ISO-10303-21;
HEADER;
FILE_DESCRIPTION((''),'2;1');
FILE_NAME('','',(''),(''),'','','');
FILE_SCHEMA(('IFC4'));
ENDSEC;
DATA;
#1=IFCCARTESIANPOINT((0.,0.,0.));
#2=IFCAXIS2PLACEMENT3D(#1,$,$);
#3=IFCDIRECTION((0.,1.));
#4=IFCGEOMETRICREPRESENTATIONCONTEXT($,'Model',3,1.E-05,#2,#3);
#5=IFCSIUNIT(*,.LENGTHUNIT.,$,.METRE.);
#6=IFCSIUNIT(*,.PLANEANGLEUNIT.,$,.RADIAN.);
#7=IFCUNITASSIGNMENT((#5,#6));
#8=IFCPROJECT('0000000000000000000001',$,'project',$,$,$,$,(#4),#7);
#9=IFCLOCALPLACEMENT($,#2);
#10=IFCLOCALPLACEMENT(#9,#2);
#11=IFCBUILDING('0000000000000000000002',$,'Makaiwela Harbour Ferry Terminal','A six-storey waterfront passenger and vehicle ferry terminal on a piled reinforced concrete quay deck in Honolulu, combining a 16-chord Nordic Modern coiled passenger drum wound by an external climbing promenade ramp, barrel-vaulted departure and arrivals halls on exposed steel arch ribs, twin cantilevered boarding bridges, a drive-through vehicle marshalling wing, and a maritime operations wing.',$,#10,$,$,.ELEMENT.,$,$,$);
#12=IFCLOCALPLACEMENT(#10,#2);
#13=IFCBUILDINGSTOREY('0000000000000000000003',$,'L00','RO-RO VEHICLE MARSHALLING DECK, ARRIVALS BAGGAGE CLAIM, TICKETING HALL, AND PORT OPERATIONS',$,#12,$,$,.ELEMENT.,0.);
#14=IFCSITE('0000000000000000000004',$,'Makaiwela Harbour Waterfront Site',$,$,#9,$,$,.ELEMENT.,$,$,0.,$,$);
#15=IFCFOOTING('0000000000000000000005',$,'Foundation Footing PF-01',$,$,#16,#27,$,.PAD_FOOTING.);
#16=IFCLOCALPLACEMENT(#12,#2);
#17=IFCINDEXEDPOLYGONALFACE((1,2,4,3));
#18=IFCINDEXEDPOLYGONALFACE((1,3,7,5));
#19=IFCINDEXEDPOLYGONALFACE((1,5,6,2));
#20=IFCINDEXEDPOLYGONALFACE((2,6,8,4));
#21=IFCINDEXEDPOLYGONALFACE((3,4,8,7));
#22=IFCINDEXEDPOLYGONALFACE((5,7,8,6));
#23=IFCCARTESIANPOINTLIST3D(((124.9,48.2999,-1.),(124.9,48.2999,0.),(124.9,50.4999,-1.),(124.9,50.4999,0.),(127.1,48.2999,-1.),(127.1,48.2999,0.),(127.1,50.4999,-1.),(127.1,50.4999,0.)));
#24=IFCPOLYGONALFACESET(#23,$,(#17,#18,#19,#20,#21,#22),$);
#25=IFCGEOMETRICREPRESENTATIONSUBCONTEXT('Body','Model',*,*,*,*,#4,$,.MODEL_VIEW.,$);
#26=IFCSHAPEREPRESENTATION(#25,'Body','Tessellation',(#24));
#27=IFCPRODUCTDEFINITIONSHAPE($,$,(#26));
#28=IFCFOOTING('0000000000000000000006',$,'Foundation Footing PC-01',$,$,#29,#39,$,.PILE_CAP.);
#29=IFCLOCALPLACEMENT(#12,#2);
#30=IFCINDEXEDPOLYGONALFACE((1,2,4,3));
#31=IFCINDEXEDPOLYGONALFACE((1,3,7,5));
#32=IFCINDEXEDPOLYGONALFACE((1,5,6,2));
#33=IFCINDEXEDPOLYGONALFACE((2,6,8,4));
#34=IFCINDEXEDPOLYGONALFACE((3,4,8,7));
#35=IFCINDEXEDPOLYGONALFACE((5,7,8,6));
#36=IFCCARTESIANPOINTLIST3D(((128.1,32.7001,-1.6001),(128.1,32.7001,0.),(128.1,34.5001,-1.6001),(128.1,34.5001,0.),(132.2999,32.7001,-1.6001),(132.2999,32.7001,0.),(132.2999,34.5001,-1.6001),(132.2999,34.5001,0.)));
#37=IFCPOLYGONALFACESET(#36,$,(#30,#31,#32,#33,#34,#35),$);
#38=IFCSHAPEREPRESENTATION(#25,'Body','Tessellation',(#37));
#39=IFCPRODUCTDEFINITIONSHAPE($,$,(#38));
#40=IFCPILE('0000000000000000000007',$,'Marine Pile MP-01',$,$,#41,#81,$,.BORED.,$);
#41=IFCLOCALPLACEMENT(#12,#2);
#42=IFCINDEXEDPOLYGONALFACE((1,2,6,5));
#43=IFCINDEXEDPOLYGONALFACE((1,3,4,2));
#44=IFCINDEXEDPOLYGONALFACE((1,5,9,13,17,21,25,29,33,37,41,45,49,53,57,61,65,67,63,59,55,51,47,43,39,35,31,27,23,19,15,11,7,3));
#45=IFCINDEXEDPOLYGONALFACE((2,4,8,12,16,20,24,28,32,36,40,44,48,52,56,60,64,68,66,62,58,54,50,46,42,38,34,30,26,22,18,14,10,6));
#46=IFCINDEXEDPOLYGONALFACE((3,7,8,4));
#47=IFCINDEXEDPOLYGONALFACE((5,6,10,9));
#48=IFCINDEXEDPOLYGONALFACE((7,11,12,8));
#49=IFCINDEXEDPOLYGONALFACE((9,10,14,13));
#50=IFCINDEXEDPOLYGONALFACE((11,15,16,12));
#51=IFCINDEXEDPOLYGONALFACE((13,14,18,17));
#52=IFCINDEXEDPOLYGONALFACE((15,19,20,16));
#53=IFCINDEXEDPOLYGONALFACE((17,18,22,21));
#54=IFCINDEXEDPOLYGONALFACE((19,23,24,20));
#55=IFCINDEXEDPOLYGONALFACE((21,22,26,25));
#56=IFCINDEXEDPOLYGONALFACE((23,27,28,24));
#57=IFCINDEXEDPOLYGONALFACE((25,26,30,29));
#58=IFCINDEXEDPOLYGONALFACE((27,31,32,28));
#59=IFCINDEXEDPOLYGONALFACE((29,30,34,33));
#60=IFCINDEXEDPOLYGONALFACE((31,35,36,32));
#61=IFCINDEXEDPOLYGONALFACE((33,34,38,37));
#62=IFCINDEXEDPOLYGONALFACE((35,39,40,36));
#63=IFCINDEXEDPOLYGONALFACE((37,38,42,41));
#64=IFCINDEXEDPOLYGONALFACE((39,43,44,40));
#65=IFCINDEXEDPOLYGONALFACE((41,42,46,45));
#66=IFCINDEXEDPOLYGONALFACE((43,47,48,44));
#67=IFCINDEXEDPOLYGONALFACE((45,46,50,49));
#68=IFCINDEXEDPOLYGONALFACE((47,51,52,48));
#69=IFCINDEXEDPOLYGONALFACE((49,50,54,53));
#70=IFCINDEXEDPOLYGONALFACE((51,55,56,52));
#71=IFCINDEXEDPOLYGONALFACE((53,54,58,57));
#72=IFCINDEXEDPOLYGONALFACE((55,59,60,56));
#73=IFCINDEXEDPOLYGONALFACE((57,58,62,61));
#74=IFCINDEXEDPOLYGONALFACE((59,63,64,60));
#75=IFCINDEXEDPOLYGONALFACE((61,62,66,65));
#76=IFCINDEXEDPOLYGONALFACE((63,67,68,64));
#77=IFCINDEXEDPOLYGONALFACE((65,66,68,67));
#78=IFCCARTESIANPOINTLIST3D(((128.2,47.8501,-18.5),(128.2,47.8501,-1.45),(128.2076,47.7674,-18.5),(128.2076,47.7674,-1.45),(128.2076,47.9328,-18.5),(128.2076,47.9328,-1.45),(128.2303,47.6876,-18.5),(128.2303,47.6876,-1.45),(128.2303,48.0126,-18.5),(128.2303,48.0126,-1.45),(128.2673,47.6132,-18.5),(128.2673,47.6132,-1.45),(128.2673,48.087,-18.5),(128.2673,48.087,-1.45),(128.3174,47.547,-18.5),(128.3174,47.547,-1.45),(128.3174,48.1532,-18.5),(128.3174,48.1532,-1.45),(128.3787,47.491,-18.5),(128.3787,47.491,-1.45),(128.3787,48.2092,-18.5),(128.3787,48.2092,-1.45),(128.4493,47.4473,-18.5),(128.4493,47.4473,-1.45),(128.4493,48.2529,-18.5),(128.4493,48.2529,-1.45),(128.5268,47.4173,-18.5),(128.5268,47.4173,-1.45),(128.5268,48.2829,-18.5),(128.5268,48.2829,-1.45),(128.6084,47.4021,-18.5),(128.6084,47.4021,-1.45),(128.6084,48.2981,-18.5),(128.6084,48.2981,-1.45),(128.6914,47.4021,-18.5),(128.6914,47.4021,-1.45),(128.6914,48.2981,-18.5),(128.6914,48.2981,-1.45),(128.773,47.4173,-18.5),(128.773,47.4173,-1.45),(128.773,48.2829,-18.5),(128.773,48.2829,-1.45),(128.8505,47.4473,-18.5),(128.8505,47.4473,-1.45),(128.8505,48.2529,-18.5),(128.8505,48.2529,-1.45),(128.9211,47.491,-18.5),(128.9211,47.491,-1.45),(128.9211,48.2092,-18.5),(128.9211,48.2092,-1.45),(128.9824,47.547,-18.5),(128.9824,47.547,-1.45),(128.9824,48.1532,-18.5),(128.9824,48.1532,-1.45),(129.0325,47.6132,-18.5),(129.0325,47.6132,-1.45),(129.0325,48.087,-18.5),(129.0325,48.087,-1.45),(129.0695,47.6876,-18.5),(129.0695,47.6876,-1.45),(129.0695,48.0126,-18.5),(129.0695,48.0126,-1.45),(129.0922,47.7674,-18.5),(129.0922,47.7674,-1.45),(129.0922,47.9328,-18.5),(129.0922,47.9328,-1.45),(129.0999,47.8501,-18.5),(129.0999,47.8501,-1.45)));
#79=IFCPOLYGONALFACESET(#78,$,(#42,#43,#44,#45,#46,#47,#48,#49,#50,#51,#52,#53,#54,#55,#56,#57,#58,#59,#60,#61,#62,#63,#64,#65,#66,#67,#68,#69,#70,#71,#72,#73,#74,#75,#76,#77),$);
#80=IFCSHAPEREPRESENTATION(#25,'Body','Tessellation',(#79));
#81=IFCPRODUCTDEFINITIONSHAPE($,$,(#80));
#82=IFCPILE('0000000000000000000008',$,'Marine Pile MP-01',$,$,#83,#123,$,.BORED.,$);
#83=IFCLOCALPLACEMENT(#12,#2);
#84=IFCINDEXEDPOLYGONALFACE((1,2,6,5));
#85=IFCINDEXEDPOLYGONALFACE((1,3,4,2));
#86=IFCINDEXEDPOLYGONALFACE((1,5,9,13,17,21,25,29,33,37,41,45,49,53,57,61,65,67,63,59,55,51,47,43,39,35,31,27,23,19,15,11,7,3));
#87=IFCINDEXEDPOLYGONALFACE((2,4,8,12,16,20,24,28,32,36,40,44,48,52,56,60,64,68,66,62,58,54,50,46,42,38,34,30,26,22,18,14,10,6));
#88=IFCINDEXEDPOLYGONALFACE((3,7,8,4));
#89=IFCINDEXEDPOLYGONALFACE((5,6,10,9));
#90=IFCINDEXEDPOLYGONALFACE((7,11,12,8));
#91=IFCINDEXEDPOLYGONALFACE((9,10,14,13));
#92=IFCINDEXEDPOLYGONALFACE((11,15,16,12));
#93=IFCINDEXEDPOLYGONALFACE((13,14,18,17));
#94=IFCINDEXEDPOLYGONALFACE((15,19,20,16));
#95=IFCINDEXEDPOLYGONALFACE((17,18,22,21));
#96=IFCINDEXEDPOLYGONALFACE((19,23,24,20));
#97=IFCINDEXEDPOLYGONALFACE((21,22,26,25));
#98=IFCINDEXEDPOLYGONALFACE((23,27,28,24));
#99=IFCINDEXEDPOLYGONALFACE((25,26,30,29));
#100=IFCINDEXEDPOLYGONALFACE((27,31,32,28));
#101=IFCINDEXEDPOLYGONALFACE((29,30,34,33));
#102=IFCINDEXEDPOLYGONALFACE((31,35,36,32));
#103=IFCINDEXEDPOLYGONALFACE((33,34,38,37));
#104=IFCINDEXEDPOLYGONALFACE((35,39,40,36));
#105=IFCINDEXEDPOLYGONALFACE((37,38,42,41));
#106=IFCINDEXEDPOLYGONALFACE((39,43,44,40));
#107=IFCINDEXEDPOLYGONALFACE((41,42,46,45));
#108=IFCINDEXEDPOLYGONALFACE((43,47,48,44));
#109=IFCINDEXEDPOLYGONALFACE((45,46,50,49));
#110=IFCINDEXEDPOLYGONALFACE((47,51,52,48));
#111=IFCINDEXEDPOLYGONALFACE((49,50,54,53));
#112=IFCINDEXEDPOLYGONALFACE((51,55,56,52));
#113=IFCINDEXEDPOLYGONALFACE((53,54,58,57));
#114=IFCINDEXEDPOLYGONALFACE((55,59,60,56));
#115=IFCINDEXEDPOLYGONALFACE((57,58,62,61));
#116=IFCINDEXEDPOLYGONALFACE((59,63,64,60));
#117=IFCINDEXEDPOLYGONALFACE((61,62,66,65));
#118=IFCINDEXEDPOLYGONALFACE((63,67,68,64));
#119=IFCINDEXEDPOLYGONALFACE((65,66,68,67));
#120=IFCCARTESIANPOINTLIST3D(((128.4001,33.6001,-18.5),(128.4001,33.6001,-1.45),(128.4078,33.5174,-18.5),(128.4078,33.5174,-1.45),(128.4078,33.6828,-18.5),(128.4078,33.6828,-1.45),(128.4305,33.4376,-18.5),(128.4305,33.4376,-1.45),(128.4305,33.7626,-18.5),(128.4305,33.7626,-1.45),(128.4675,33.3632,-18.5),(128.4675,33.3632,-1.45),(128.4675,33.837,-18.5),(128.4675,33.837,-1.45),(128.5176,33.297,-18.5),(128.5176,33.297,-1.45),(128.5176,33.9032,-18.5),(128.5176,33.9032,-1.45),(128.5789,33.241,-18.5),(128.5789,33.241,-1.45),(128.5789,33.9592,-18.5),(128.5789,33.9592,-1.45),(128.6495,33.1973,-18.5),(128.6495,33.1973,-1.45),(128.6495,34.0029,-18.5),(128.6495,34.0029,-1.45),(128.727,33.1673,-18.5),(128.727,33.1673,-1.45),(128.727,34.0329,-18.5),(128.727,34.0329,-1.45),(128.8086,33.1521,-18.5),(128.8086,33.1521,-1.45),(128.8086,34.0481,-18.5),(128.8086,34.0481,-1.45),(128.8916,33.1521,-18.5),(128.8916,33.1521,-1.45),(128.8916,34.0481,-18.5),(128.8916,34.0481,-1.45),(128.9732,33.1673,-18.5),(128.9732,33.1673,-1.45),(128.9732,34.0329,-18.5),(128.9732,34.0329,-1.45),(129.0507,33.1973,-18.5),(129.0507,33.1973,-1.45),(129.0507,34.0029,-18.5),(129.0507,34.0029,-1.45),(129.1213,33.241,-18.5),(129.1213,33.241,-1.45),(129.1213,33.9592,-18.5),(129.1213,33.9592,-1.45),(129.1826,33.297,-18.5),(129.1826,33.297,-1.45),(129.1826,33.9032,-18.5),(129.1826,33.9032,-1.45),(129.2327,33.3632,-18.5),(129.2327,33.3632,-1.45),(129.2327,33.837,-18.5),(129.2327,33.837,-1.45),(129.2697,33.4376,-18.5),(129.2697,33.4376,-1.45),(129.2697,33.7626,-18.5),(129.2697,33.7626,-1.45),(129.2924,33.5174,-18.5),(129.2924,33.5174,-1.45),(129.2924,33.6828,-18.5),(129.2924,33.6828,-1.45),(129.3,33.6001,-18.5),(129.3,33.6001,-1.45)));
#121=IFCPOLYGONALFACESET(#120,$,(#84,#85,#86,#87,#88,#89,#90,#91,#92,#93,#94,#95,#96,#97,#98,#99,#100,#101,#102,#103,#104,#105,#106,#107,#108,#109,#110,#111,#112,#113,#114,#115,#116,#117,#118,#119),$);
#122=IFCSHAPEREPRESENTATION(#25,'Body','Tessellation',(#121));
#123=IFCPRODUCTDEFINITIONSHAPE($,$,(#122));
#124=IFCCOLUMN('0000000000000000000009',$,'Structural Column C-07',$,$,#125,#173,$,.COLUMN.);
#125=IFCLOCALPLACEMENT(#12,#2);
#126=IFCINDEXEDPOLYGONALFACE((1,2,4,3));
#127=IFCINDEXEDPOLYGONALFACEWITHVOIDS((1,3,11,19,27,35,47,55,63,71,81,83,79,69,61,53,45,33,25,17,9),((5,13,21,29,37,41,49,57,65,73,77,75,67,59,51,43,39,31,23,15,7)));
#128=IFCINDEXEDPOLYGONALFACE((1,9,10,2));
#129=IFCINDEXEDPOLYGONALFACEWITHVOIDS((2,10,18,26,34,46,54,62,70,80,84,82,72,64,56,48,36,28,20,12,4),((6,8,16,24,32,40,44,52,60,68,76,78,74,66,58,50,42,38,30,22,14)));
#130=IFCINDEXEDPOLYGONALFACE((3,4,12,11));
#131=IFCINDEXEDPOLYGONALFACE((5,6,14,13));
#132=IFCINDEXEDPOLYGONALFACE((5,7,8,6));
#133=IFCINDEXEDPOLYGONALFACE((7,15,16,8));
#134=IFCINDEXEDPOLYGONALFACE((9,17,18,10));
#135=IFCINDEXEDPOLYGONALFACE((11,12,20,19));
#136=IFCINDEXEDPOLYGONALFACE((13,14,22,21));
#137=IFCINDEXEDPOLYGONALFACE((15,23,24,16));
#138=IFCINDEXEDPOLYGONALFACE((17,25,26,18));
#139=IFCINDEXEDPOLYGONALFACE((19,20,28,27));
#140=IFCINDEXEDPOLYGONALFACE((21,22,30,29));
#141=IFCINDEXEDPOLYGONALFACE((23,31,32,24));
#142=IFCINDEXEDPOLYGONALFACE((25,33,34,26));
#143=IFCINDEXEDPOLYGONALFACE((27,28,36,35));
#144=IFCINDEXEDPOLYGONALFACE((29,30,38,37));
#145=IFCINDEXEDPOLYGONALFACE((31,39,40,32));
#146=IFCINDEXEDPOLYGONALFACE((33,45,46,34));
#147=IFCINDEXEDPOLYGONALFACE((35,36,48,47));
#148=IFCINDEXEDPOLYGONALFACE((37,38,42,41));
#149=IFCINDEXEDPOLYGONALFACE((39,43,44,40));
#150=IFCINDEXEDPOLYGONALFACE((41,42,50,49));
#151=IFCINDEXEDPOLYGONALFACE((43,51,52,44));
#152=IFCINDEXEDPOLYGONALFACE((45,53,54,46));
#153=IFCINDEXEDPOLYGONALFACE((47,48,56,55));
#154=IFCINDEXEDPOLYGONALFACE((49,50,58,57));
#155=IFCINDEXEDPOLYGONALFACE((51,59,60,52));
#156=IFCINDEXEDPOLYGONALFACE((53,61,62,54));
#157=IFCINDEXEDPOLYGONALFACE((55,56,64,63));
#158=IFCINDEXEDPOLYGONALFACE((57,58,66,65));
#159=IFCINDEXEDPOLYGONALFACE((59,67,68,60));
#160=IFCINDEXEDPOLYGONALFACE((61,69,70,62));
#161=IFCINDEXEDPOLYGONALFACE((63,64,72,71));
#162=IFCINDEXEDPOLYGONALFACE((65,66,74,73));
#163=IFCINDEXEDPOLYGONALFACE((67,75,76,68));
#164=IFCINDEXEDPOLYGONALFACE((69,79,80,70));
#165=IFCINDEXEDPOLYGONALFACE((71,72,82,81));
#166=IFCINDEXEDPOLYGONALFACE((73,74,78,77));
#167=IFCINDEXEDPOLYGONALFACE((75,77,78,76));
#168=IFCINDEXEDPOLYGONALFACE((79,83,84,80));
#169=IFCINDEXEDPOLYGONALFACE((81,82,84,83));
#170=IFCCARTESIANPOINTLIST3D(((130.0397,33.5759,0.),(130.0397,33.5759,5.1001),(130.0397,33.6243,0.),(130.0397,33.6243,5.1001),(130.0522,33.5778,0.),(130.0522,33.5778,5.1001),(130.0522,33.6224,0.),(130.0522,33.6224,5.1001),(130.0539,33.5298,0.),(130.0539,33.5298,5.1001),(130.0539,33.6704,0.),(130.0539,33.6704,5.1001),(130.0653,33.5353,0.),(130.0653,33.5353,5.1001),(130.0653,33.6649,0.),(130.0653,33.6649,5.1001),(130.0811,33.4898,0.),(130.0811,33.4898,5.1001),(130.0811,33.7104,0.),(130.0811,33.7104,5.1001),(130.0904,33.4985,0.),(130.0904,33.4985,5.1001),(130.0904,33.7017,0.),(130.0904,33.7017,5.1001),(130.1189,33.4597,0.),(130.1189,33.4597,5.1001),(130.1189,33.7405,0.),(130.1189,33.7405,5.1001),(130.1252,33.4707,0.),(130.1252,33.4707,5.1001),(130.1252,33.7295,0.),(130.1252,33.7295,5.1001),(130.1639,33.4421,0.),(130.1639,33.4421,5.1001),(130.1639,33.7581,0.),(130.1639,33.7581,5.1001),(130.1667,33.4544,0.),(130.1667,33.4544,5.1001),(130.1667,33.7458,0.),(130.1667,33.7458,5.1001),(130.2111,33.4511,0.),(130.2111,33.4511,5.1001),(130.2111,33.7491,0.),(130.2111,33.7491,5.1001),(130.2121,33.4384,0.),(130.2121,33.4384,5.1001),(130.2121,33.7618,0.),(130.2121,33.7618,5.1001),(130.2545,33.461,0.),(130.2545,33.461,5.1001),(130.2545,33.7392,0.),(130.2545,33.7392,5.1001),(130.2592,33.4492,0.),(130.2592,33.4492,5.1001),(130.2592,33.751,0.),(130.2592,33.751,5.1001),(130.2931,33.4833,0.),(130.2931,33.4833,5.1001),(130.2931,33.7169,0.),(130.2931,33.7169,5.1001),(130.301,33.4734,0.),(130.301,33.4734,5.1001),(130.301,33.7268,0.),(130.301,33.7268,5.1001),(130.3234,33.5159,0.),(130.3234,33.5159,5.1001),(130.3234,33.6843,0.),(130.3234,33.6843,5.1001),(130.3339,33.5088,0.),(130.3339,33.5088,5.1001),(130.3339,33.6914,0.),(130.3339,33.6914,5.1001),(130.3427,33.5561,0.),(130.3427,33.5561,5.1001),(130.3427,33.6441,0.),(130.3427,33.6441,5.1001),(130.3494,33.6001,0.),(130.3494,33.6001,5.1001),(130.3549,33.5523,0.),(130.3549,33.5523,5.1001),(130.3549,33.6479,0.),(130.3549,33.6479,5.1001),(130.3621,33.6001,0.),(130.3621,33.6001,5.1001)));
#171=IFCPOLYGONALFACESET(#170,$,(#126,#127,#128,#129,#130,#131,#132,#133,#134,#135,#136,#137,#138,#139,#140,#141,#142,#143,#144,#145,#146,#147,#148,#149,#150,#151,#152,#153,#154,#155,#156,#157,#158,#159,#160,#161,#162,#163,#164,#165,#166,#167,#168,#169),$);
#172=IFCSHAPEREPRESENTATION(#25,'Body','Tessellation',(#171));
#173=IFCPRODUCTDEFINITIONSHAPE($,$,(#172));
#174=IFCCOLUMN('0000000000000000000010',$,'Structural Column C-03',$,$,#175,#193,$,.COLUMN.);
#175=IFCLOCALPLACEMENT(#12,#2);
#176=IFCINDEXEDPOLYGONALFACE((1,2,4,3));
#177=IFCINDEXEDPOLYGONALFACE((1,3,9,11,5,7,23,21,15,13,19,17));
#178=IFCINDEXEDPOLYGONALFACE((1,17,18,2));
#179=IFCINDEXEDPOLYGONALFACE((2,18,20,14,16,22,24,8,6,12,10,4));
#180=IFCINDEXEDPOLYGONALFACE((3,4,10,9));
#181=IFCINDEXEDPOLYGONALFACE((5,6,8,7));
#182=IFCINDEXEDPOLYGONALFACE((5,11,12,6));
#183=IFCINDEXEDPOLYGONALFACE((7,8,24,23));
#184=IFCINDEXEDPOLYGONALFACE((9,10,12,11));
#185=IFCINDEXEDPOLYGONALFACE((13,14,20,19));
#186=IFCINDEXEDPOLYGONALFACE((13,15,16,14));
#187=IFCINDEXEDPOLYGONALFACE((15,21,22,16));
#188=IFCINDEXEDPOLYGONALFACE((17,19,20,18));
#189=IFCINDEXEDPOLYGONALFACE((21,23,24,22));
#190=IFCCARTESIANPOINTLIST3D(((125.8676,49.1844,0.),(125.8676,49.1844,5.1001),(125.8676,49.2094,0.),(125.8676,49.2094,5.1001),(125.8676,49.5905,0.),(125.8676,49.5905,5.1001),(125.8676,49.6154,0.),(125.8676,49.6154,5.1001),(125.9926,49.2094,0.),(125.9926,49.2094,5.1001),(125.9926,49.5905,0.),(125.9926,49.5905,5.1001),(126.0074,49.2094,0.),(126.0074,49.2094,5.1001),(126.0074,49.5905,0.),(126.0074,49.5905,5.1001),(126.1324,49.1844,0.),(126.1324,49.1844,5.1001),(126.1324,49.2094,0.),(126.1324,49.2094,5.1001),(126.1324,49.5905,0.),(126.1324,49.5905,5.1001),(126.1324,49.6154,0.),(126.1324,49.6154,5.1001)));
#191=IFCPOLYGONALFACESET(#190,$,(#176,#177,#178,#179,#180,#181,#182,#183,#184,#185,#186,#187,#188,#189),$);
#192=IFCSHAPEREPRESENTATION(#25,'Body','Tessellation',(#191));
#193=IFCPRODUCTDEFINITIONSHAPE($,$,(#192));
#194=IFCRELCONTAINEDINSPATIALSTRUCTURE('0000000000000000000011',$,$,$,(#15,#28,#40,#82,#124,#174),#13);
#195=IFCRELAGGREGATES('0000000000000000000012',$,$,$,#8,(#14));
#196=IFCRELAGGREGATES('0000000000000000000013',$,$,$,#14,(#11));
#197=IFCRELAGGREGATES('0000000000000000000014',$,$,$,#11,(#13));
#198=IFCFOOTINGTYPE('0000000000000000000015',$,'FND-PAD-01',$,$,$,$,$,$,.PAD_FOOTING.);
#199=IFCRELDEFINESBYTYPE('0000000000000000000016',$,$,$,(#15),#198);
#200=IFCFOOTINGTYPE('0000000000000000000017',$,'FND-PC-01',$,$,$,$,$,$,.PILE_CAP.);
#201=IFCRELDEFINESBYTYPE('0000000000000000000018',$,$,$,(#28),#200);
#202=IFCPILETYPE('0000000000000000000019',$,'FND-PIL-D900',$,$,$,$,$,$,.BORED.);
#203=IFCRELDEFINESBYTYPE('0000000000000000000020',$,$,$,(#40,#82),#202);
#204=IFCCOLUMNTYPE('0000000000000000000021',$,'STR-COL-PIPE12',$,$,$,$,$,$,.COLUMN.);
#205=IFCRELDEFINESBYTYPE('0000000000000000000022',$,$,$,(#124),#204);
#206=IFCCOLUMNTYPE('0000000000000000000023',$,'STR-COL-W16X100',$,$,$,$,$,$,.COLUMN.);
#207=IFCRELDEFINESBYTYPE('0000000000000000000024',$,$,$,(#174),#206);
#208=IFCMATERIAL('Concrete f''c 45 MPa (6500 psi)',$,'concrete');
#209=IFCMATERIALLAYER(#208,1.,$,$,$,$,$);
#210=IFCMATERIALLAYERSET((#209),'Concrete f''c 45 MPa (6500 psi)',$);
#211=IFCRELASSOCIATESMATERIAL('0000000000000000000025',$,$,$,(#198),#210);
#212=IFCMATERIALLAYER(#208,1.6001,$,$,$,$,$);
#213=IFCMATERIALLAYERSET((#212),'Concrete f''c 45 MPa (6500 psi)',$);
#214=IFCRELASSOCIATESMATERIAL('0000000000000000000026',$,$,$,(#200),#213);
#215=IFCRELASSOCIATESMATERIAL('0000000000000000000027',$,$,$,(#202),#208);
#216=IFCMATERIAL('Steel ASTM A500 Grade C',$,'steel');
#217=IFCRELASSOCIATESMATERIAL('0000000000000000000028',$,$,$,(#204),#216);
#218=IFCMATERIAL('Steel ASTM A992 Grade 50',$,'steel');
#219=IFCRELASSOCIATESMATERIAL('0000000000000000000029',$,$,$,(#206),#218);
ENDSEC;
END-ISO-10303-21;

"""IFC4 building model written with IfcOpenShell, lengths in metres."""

from ifc_helpers import new_model, si_unit, direction, frame, origin, origin_2d, place, context, subcontext, project, spatial, rectangle, circle, hollow_circle, i_section, extrude, material, layer, layer_set, material_profile, profile_set, type_object, element, save


model = new_model("IFC4")

# Units and contexts
model_context = context("Model", 3, precision=1e-05, world=origin(), true_north=direction((0.0, 1.0)))
body_context = subcontext(model_context, "Body", "Model", "MODEL_VIEW")
ifc_project = project(units=[si_unit("LENGTHUNIT", "METRE"), si_unit("PLANEANGLEUNIT", "RADIAN")], contexts=[model_context])

# Site, building, storey
site_placement = place(None, origin())
site = spatial("IfcSite", under=ifc_project, at=site_placement, Name="Makaiwela Harbour Waterfront Site", CompositionType="ELEMENT", RefElevation=0.0)
building_placement = place(site_placement, origin())
building = spatial("IfcBuilding", under=site, at=building_placement, Name="Makaiwela Harbour Ferry Terminal", Description="A six-storey waterfront passenger and vehicle ferry terminal on a piled reinforced concrete quay deck in Honolulu, combining a 16-chord Nordic Modern coiled passenger drum wound by an external climbing promenade ramp, barrel-vaulted departure and arrivals halls on exposed steel arch ribs, twin cantilevered boarding bridges, a drive-through vehicle marshalling wing, and a maritime operations wing.", CompositionType="ELEMENT")
storey_placement = place(building_placement, origin())
storey = spatial("IfcBuildingStorey", under=building, at=storey_placement, Name="L00", Description="RO-RO VEHICLE MARSHALLING DECK, ARRIVALS BAGGAGE CLAIM, TICKETING HALL, AND PORT OPERATIONS", CompositionType="ELEMENT", Elevation=0.0)

# Footings
ifc_material_1 = material(Name="Concrete f'c 45 MPa (6500 psi)", Category="concrete")
ifc_layer_1 = layer(ifc_material_1, 1.0)
ifc_layer_set_1 = layer_set([ifc_layer_1], Name="Concrete f'c 45 MPa (6500 psi)")
footing_type_1 = type_object("IfcFootingType", Name="FND-PAD-01", PredefinedType="PAD_FOOTING", material=ifc_layer_set_1)
footing_1_placement = place(storey_placement, frame((126.0, 49.3999, -1.0), z_axis=(0.0, 0.0, 1.0), x_axis=(1.0, 0.0, 0.0)))
element("IfcFooting", 1, at=footing_1_placement, inside=storey, type_object=footing_type_1, Name="Foundation Footing PF-01", PredefinedType="PAD_FOOTING", context=body_context, shape_type="SweptSolid", body=[
    extrude(rectangle(XDim=2.2, YDim=2.2, at=origin_2d()), origin(), (0.0, 0.0, 1.0), 1.0),
])
ifc_layer_2 = layer(ifc_material_1, 1.6001)
ifc_layer_set_2 = layer_set([ifc_layer_2], Name="Concrete f'c 45 MPa (6500 psi)")
footing_type_2 = type_object("IfcFootingType", Name="FND-PC-01", PredefinedType="PILE_CAP", material=ifc_layer_set_2)
footing_2_placement = place(storey_placement, frame((130.2, 33.6001, -1.6001), z_axis=(0.0, 0.0, 1.0), x_axis=(1.0, 0.0, 0.0)))
element("IfcFooting", 2, at=footing_2_placement, inside=storey, type_object=footing_type_2, Name="Foundation Footing PC-01", PredefinedType="PILE_CAP", context=body_context, shape_type="SweptSolid", body=[
    extrude(rectangle(XDim=4.2, YDim=1.8, at=origin_2d()), origin(), (0.0, 0.0, 1.0), 1.6001),
])

# Piles
ifc_material_profile_1 = material_profile(ifc_material_1, circle(Radius=0.45, at=origin_2d()), Name="PILE-D900")
ifc_profile_set_1 = profile_set([ifc_material_profile_1], Name="Concrete f'c 45 MPa (6500 psi)")
pile_type = type_object("IfcPileType", Name="FND-PIL-D900", PredefinedType="BORED", material=ifc_profile_set_1)
for number, where, z_axis, x_axis, name in (
    (3, (128.6499, 47.8501, -1.45), (0.0, 0.0, -1.0), (1.0, 0.0, 0.0), "Marine Pile MP-01"),
    (4, (128.8501, 33.6001, -1.45), (0.0, 0.0, -1.0), (1.0, 0.0, 0.0), "Marine Pile MP-01"),
):
    element("IfcPile", number, at=place(storey_placement, frame(where, z_axis=z_axis, x_axis=x_axis)), inside=storey, type_object=pile_type, Name=name, PredefinedType="BORED", context=body_context, shape_type="SweptSolid", body=[
        extrude(circle(Radius=0.45, at=origin_2d()), origin(), (0.0, 0.0, 1.0), 17.05),
    ])

# Columns
ifc_material_2 = material(Name="Steel ASTM A500 Grade C", Category="steel")
ifc_material_profile_2 = material_profile(ifc_material_2, hollow_circle(Radius=0.1621, WallThickness=0.0127, at=origin_2d()), Name="PIPE12XS")
ifc_profile_set_2 = profile_set([ifc_material_profile_2], Name="Steel ASTM A500 Grade C")
column_type_1 = type_object("IfcColumnType", Name="STR-COL-PIPE12", PredefinedType="COLUMN", material=ifc_profile_set_2)
column_1_placement = place(storey_placement, frame((130.2, 33.6001, 0.0), z_axis=(0.0, 0.0, 1.0), x_axis=(1.0, 0.0, 0.0)))
element("IfcColumn", 5, at=column_1_placement, inside=storey, type_object=column_type_1, Name="Structural Column C-07", PredefinedType="COLUMN", context=body_context, shape_type="SweptSolid", body=[
    extrude(hollow_circle(Radius=0.1621, WallThickness=0.0127, at=origin_2d()), origin(), (0.0, 0.0, 1.0), 5.1001),
])
ifc_material_3 = material(Name="Steel ASTM A992 Grade 50", Category="steel")
ifc_material_profile_3 = material_profile(ifc_material_3, i_section(OverallWidth=0.2649, OverallDepth=0.4309, WebThickness=0.0149, FlangeThickness=0.0249, at=origin_2d()), Name="W16X100")
ifc_profile_set_3 = profile_set([ifc_material_profile_3], Name="Steel ASTM A992 Grade 50")
column_type_2 = type_object("IfcColumnType", Name="STR-COL-W16X100", PredefinedType="COLUMN", material=ifc_profile_set_3)
column_2_placement = place(storey_placement, frame((126.0, 49.3999, 0.0), z_axis=(0.0, 0.0, 1.0), x_axis=(1.0, 0.0, 0.0)))
element("IfcColumn", 6, at=column_2_placement, inside=storey, type_object=column_type_2, Name="Structural Column C-03", PredefinedType="COLUMN", context=body_context, shape_type="SweptSolid", body=[
    extrude(i_section(OverallWidth=0.2649, OverallDepth=0.4309, WebThickness=0.0149, FlangeThickness=0.0249, at=origin_2d()), origin(), (0.0, 0.0, 1.0), 5.1001),
])

save(model, "model.ifc")
